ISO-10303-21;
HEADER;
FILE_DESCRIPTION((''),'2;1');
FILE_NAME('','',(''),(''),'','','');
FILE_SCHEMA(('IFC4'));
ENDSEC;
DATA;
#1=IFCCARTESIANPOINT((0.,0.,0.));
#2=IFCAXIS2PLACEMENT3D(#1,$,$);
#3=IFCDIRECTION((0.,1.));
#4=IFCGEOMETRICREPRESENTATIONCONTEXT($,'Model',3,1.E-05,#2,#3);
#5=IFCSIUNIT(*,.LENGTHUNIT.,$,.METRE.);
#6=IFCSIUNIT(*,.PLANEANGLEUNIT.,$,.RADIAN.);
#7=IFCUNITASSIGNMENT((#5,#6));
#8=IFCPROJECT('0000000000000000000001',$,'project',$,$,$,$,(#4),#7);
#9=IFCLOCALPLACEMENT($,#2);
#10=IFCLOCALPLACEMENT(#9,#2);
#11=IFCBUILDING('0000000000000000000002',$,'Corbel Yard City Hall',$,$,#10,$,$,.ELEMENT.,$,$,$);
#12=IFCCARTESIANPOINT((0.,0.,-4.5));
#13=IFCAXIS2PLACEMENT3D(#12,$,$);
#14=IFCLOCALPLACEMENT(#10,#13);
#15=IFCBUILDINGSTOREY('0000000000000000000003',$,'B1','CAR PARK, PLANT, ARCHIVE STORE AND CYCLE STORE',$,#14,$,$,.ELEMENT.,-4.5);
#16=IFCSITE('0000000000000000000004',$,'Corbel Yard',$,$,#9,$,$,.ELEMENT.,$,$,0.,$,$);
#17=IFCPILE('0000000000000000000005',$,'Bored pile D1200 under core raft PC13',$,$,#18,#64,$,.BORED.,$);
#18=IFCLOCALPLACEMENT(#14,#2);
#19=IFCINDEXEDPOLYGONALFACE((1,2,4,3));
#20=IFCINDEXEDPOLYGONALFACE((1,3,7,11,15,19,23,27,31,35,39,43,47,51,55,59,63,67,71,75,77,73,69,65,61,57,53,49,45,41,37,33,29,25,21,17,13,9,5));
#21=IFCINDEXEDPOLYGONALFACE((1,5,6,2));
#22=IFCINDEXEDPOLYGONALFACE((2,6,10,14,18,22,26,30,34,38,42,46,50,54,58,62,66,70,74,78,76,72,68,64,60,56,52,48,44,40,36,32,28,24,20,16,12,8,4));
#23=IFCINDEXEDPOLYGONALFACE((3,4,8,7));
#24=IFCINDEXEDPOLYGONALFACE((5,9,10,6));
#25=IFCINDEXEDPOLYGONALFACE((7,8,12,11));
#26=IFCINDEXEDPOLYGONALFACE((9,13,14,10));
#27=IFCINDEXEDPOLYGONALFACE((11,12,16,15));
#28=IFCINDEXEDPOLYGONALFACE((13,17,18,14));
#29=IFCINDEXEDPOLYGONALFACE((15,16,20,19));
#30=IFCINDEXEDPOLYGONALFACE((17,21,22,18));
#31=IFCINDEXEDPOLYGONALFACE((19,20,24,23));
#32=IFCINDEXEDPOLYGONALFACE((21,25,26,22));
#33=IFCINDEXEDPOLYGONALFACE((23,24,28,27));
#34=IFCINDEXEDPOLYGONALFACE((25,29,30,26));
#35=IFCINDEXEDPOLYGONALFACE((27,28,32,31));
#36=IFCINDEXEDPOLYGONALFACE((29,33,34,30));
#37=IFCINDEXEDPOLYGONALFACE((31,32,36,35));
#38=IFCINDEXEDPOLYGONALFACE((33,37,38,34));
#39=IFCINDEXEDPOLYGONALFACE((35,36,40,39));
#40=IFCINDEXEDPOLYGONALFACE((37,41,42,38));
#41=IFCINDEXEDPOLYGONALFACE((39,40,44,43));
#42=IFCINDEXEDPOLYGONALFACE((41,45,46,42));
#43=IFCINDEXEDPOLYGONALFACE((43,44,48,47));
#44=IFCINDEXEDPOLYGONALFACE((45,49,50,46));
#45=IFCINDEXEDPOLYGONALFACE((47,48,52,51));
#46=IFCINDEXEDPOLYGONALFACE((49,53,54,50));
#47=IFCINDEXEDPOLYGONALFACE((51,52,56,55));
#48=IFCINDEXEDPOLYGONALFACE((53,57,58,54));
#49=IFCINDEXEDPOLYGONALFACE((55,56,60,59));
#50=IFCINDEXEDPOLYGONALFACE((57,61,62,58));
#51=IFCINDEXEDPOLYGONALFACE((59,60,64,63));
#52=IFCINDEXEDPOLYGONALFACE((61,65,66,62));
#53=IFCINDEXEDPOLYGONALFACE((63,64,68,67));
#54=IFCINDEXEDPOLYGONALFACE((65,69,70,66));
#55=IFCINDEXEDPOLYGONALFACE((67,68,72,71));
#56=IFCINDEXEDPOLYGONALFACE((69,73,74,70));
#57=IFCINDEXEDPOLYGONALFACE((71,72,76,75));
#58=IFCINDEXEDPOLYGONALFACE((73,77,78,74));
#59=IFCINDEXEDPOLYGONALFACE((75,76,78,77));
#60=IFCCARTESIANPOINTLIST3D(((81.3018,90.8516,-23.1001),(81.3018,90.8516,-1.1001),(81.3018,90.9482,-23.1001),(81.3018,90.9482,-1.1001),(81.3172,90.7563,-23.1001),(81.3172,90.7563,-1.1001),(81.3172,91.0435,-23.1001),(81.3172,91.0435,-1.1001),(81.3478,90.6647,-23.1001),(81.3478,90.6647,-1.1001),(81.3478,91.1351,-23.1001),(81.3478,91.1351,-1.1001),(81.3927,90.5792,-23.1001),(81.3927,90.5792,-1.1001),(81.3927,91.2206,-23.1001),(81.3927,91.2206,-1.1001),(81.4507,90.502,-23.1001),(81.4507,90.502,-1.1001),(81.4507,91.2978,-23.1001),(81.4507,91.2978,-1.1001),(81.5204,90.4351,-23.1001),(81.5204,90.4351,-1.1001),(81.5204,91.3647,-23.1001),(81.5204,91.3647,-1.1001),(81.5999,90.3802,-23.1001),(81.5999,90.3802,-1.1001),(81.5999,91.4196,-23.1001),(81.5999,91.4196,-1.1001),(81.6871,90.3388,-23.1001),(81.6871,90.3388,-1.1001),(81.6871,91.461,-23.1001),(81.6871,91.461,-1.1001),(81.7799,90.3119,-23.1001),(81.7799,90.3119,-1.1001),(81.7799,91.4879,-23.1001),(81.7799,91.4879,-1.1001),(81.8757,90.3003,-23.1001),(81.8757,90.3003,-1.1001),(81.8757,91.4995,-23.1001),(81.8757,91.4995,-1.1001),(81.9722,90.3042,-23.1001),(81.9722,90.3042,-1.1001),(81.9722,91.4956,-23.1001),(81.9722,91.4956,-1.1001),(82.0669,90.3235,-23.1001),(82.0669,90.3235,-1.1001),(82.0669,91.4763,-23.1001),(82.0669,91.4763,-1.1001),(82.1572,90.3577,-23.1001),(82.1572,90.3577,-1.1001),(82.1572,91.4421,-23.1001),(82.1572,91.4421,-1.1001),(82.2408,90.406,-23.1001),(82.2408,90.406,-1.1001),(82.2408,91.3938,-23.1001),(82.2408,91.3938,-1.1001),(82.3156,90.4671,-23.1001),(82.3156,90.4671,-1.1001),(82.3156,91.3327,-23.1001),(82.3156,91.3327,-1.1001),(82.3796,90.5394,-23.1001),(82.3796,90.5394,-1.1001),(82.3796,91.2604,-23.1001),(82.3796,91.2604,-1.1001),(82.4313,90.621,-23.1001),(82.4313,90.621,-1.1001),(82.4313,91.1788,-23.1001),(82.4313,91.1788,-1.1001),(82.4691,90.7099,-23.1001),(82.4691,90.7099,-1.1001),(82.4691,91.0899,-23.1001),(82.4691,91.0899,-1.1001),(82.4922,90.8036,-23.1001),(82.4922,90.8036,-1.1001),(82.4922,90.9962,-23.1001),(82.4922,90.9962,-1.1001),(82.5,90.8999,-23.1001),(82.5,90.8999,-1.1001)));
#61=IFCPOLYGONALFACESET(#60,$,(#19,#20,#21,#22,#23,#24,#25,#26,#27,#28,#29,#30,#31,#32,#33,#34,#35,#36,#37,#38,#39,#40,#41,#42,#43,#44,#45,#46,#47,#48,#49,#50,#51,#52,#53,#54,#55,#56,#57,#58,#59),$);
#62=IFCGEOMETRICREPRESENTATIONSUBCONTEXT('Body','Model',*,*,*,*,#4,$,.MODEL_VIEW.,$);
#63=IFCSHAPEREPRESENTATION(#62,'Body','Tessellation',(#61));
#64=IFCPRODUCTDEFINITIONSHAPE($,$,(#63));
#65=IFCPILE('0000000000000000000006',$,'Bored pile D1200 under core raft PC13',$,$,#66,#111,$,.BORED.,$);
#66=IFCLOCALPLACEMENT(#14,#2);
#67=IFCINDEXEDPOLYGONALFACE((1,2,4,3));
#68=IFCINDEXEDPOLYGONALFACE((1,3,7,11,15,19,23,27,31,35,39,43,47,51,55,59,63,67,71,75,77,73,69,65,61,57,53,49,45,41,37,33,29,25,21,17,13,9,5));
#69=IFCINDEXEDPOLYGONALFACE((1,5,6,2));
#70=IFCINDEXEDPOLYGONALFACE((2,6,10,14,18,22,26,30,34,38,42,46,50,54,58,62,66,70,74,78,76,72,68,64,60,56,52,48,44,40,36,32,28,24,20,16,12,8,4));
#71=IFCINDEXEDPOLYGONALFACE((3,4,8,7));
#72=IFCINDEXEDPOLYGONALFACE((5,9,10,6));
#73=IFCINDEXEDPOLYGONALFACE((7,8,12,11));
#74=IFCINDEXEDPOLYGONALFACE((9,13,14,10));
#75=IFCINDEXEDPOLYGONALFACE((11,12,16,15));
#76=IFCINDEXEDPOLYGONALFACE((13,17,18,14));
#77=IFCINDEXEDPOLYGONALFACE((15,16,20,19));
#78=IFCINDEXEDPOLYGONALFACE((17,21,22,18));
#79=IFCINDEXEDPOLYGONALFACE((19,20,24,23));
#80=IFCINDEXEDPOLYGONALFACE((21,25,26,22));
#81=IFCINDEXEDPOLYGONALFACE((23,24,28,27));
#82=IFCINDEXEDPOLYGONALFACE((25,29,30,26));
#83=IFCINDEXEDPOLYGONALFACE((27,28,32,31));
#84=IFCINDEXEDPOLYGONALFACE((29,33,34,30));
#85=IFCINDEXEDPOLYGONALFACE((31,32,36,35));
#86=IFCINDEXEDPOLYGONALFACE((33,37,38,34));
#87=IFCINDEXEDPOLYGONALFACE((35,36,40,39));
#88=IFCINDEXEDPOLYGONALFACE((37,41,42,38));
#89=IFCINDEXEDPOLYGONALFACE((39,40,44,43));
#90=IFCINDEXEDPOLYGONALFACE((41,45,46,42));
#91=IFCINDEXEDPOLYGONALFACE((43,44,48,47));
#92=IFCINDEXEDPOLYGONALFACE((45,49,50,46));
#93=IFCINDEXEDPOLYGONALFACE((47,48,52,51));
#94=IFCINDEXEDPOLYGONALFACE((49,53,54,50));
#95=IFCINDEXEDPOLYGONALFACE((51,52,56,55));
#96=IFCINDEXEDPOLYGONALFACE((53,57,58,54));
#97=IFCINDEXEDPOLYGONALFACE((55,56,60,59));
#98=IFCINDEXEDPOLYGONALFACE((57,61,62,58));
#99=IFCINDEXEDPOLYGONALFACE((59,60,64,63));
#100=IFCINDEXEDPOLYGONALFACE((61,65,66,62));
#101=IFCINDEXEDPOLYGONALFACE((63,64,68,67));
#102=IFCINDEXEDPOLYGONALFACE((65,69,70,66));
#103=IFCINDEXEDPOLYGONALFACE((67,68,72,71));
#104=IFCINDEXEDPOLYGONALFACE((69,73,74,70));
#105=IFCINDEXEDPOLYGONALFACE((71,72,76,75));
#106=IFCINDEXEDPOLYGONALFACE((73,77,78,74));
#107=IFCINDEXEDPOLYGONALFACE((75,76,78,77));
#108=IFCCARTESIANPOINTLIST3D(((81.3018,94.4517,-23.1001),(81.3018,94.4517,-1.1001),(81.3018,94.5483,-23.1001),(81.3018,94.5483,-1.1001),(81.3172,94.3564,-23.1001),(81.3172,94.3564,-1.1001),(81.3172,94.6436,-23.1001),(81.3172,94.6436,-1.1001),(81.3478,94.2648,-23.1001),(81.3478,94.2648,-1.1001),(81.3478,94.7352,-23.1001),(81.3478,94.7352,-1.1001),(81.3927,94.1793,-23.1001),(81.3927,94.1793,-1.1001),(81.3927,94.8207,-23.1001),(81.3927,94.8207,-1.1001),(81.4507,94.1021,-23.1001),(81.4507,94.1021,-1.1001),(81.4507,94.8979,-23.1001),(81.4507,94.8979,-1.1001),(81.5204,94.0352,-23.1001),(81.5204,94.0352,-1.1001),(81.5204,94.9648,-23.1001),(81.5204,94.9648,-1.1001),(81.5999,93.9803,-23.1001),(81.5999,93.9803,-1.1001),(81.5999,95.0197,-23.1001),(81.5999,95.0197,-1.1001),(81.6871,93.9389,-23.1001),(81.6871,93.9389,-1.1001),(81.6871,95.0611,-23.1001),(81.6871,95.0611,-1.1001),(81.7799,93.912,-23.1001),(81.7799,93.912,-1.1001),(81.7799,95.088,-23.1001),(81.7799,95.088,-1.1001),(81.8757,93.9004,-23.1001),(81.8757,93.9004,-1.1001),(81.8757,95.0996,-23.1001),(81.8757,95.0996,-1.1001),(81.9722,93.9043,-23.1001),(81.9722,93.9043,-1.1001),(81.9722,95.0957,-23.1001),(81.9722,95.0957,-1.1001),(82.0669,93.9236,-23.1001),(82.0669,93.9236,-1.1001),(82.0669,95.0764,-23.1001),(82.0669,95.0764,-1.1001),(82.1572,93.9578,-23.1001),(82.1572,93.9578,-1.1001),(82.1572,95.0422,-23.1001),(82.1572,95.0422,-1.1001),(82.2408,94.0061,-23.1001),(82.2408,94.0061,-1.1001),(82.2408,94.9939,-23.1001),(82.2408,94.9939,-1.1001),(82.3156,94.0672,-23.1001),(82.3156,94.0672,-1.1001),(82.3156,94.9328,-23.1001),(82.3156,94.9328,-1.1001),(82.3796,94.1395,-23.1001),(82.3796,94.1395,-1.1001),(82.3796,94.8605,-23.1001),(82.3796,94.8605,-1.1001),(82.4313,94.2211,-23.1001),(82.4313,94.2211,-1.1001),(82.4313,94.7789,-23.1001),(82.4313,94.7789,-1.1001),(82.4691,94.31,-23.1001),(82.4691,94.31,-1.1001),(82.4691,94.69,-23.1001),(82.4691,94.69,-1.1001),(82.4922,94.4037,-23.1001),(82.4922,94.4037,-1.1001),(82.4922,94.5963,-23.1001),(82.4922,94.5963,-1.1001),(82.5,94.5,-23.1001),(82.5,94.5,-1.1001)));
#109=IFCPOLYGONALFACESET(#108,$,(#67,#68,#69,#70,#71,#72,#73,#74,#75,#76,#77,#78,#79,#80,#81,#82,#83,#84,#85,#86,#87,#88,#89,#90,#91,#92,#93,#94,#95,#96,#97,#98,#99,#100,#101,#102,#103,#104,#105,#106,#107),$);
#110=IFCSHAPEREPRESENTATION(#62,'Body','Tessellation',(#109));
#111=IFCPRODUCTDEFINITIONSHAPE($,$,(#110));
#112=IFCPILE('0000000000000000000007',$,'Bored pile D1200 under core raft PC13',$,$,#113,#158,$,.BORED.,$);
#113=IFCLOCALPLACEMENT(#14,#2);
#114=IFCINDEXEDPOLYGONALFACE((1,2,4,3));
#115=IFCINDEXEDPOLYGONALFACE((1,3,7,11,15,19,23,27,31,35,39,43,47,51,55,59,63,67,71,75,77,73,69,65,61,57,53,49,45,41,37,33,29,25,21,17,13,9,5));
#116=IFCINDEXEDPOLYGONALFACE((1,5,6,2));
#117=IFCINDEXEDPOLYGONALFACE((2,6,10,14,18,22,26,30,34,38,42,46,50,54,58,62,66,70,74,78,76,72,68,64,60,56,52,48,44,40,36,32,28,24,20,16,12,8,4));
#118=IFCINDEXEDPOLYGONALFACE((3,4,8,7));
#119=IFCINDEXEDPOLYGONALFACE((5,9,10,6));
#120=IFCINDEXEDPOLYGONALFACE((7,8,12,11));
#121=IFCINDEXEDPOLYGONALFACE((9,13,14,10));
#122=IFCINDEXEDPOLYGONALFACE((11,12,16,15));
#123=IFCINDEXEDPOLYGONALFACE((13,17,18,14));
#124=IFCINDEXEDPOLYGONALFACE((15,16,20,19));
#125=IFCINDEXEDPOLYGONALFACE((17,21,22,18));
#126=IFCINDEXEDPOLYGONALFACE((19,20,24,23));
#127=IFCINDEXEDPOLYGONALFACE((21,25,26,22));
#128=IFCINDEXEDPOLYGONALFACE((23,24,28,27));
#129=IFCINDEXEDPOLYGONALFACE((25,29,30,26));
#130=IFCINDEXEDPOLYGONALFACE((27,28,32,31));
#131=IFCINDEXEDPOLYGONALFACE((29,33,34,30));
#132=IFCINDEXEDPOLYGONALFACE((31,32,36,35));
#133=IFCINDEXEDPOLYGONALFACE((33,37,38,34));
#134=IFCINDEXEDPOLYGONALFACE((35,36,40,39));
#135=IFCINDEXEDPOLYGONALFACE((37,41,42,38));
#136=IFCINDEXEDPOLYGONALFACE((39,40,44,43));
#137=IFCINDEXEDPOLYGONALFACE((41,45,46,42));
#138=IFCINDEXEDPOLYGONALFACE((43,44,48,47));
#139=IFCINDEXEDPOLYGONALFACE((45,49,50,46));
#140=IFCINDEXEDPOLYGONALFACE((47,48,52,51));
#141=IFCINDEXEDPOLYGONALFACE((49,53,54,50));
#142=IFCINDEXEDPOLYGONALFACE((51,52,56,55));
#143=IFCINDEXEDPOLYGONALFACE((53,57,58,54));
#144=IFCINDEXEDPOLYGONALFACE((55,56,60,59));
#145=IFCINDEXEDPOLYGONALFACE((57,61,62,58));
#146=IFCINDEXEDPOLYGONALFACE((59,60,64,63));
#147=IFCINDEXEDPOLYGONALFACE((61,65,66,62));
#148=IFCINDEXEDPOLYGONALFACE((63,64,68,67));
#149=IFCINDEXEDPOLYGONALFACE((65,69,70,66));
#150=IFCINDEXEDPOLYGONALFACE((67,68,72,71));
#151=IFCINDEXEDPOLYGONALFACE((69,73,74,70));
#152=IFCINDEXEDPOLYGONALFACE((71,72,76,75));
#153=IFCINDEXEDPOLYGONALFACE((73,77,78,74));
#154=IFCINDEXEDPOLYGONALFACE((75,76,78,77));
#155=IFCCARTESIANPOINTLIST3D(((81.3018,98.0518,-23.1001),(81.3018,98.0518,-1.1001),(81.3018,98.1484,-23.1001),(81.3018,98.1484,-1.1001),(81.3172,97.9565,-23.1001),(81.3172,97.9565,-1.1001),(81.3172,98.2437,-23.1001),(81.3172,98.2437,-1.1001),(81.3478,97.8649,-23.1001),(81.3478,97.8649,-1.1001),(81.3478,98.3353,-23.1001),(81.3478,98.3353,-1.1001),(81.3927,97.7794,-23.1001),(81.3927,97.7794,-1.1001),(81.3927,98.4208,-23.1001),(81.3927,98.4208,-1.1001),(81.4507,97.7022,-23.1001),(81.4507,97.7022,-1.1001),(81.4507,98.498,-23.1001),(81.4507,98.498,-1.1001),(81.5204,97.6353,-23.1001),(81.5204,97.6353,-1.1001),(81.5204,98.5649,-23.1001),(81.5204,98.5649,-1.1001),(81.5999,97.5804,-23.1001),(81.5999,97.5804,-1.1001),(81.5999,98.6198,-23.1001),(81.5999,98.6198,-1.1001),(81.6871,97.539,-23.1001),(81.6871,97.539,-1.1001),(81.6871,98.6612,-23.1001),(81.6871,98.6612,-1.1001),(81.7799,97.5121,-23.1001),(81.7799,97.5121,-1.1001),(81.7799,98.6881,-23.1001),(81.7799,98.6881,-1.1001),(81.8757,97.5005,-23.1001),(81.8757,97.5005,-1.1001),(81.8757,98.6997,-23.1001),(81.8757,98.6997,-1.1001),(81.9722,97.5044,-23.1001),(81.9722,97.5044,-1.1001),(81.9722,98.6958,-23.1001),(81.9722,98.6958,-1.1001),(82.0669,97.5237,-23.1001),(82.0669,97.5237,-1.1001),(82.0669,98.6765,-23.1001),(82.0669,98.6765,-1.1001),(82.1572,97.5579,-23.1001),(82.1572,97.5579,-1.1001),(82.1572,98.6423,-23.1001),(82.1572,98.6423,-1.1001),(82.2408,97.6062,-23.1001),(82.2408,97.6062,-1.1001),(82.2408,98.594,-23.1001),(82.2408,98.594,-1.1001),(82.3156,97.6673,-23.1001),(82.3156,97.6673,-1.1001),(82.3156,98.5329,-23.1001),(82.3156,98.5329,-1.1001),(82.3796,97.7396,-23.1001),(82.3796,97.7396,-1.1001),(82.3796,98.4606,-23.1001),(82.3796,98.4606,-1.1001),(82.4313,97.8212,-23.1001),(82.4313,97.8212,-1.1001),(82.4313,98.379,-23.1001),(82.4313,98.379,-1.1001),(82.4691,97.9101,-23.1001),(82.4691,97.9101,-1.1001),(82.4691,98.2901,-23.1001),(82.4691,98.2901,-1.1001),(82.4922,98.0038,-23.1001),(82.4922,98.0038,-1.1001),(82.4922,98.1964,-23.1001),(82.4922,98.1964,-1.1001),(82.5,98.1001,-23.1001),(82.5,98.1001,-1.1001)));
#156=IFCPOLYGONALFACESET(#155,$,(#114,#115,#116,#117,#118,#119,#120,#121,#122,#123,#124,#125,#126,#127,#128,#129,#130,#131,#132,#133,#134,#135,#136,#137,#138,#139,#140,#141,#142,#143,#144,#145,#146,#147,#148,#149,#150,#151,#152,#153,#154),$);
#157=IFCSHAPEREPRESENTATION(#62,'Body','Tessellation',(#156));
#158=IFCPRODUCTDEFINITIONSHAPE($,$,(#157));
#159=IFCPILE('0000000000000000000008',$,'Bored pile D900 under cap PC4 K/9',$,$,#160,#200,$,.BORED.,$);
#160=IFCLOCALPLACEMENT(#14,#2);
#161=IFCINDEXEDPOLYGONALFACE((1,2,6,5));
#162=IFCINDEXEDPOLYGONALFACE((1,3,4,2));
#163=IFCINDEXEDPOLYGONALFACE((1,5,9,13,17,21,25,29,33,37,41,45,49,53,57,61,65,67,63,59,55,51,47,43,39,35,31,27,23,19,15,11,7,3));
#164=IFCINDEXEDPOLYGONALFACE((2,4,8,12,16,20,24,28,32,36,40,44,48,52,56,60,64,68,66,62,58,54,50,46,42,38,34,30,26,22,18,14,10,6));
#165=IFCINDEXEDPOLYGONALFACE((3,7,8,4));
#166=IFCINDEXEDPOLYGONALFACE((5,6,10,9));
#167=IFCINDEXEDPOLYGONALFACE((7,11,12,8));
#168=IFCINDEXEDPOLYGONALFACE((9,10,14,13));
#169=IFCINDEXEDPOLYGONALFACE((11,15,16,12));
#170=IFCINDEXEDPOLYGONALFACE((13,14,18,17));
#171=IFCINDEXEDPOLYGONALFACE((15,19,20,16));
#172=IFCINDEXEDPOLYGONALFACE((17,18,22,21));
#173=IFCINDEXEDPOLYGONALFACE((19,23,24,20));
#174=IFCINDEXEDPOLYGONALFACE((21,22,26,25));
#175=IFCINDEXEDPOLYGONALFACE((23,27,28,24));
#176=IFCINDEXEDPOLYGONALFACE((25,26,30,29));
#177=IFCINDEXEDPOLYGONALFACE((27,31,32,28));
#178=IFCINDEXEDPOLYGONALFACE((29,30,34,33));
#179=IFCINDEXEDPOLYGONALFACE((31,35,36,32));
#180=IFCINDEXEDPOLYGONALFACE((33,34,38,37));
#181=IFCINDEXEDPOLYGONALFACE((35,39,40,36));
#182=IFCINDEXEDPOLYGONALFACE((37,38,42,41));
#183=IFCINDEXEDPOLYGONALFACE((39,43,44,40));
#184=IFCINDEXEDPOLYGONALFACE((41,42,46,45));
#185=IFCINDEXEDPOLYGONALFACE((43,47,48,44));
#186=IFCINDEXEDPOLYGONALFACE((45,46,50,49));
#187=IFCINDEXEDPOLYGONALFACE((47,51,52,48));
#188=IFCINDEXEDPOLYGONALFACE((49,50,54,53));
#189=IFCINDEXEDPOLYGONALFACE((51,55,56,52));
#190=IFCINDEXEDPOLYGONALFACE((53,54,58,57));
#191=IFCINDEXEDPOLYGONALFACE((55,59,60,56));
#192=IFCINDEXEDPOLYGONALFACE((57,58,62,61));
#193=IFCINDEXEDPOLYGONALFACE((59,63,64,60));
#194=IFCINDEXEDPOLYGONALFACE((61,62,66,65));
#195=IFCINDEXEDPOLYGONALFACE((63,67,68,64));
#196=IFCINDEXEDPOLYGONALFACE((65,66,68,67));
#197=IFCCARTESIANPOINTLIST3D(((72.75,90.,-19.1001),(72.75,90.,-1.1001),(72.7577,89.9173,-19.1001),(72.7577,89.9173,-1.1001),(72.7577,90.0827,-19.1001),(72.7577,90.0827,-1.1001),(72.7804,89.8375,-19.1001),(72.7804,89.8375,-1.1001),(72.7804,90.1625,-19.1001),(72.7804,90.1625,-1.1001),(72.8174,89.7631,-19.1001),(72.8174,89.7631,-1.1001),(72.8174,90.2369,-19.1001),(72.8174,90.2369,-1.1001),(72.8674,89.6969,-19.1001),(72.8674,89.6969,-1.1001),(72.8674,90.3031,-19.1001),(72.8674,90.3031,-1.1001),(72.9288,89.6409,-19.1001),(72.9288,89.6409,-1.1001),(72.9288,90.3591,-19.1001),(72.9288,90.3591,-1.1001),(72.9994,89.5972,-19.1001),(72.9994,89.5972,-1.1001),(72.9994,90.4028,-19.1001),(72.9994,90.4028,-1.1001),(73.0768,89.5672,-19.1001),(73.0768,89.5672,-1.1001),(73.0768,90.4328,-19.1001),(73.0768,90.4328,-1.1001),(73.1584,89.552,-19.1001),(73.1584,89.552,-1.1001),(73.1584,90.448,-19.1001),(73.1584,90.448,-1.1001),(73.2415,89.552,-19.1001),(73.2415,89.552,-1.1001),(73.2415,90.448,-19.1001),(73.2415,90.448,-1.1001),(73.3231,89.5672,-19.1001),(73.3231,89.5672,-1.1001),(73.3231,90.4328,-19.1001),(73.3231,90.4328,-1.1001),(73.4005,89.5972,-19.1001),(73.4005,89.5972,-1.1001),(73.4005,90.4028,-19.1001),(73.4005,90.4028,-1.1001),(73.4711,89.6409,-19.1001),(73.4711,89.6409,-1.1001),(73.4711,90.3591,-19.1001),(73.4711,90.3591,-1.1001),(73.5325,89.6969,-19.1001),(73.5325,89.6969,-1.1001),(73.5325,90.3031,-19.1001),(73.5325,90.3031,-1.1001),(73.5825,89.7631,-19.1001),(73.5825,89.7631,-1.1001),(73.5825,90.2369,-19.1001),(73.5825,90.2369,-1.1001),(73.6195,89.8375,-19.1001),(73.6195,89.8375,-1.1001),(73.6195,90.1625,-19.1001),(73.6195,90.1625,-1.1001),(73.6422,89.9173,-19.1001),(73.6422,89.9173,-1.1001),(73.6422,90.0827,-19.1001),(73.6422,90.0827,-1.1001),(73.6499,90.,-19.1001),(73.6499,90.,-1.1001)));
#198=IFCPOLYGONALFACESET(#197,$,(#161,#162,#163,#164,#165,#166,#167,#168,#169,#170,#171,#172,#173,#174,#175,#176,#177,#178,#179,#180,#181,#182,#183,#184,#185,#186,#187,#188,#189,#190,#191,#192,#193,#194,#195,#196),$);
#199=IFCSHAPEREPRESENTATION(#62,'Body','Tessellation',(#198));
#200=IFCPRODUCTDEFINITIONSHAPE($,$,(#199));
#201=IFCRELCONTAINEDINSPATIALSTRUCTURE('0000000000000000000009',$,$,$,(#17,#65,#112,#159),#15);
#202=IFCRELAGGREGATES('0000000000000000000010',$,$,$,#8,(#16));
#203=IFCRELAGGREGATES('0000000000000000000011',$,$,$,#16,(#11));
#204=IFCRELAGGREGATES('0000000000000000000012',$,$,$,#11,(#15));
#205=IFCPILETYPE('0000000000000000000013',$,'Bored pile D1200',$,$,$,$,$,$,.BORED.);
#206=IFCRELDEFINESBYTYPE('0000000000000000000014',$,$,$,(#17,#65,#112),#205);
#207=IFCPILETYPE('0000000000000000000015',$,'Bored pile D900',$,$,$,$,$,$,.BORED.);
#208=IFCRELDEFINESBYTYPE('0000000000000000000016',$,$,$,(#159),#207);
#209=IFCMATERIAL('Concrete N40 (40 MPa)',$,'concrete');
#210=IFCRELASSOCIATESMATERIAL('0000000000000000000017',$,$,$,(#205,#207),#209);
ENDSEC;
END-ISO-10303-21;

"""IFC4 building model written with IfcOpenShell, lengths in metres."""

from ifc_helpers import new_model, si_unit, direction, frame, origin, origin_2d, place, context, subcontext, project, spatial, circle, extrude, material, material_profile, profile_set, type_object, element, save


model = new_model("IFC4")

# Units and contexts
model_context = context("Model", 3, precision=1e-05, world=origin(), true_north=direction((0.0, 1.0)))
body_context = subcontext(model_context, "Body", "Model", "MODEL_VIEW")
ifc_project = project(units=[si_unit("LENGTHUNIT", "METRE"), si_unit("PLANEANGLEUNIT", "RADIAN")], contexts=[model_context])

# Site, building, storey
site_placement = place(None, origin())
site = spatial("IfcSite", under=ifc_project, at=site_placement, Name="Corbel Yard", CompositionType="ELEMENT", RefElevation=0.0)
building_placement = place(site_placement, origin())
building = spatial("IfcBuilding", under=site, at=building_placement, Name="Corbel Yard City Hall", CompositionType="ELEMENT")
storey_placement = place(building_placement, frame((0.0, 0.0, -4.5)))
storey = spatial("IfcBuildingStorey", under=building, at=storey_placement, Name="B1", Description="CAR PARK, PLANT, ARCHIVE STORE AND CYCLE STORE", CompositionType="ELEMENT", Elevation=-4.5)

# Piles
ifc_material_1 = material(Name="Concrete N40 (40 MPa)", Category="concrete")
ifc_material_profile_1 = material_profile(ifc_material_1, circle(Radius=0.6001, at=origin_2d()), Name="D1200")
ifc_profile_set_1 = profile_set([ifc_material_profile_1], Name="Concrete N40 (40 MPa)")
pile_type_1 = type_object("IfcPileType", Name="Bored pile D1200", PredefinedType="BORED", material=ifc_profile_set_1)
for number, where, z_axis, x_axis, name in (
    (1, (81.8999, 90.8999, -1.1001), (0.0, 0.0, -1.0), (1.0, 0.0, 0.0), "Bored pile D1200 under core raft PC13"),
    (2, (81.8999, 94.5, -1.1001), (0.0, 0.0, -1.0), (1.0, 0.0, 0.0), "Bored pile D1200 under core raft PC13"),
    (3, (81.8999, 98.1001, -1.1001), (0.0, 0.0, -1.0), (1.0, 0.0, 0.0), "Bored pile D1200 under core raft PC13"),
):
    element("IfcPile", number, at=place(storey_placement, frame(where, z_axis=z_axis, x_axis=x_axis)), inside=storey, type_object=pile_type_1, Name=name, PredefinedType="BORED", context=body_context, shape_type="SweptSolid", body=[
        extrude(circle(Radius=0.6001, at=origin_2d()), origin(), (0.0, 0.0, 1.0), 22.0),
    ])
ifc_material_profile_2 = material_profile(ifc_material_1, circle(Radius=0.45, at=origin_2d()), Name="D900")
ifc_profile_set_2 = profile_set([ifc_material_profile_2], Name="Concrete N40 (40 MPa)")
pile_type_2 = type_object("IfcPileType", Name="Bored pile D900", PredefinedType="BORED", material=ifc_profile_set_2)
for number, where, z_axis, x_axis, name in (
    (4, (73.2, 90.0, -1.1001), (0.0, 0.0, -1.0), (1.0, 0.0, 0.0), "Bored pile D900 under cap PC4 K/9"),
):
    element("IfcPile", number, at=place(storey_placement, frame(where, z_axis=z_axis, x_axis=x_axis)), inside=storey, type_object=pile_type_2, Name=name, PredefinedType="BORED", context=body_context, shape_type="SweptSolid", body=[
        extrude(circle(Radius=0.45, at=origin_2d()), origin(), (0.0, 0.0, 1.0), 18.0),
    ])

save(model, "model.ifc")
